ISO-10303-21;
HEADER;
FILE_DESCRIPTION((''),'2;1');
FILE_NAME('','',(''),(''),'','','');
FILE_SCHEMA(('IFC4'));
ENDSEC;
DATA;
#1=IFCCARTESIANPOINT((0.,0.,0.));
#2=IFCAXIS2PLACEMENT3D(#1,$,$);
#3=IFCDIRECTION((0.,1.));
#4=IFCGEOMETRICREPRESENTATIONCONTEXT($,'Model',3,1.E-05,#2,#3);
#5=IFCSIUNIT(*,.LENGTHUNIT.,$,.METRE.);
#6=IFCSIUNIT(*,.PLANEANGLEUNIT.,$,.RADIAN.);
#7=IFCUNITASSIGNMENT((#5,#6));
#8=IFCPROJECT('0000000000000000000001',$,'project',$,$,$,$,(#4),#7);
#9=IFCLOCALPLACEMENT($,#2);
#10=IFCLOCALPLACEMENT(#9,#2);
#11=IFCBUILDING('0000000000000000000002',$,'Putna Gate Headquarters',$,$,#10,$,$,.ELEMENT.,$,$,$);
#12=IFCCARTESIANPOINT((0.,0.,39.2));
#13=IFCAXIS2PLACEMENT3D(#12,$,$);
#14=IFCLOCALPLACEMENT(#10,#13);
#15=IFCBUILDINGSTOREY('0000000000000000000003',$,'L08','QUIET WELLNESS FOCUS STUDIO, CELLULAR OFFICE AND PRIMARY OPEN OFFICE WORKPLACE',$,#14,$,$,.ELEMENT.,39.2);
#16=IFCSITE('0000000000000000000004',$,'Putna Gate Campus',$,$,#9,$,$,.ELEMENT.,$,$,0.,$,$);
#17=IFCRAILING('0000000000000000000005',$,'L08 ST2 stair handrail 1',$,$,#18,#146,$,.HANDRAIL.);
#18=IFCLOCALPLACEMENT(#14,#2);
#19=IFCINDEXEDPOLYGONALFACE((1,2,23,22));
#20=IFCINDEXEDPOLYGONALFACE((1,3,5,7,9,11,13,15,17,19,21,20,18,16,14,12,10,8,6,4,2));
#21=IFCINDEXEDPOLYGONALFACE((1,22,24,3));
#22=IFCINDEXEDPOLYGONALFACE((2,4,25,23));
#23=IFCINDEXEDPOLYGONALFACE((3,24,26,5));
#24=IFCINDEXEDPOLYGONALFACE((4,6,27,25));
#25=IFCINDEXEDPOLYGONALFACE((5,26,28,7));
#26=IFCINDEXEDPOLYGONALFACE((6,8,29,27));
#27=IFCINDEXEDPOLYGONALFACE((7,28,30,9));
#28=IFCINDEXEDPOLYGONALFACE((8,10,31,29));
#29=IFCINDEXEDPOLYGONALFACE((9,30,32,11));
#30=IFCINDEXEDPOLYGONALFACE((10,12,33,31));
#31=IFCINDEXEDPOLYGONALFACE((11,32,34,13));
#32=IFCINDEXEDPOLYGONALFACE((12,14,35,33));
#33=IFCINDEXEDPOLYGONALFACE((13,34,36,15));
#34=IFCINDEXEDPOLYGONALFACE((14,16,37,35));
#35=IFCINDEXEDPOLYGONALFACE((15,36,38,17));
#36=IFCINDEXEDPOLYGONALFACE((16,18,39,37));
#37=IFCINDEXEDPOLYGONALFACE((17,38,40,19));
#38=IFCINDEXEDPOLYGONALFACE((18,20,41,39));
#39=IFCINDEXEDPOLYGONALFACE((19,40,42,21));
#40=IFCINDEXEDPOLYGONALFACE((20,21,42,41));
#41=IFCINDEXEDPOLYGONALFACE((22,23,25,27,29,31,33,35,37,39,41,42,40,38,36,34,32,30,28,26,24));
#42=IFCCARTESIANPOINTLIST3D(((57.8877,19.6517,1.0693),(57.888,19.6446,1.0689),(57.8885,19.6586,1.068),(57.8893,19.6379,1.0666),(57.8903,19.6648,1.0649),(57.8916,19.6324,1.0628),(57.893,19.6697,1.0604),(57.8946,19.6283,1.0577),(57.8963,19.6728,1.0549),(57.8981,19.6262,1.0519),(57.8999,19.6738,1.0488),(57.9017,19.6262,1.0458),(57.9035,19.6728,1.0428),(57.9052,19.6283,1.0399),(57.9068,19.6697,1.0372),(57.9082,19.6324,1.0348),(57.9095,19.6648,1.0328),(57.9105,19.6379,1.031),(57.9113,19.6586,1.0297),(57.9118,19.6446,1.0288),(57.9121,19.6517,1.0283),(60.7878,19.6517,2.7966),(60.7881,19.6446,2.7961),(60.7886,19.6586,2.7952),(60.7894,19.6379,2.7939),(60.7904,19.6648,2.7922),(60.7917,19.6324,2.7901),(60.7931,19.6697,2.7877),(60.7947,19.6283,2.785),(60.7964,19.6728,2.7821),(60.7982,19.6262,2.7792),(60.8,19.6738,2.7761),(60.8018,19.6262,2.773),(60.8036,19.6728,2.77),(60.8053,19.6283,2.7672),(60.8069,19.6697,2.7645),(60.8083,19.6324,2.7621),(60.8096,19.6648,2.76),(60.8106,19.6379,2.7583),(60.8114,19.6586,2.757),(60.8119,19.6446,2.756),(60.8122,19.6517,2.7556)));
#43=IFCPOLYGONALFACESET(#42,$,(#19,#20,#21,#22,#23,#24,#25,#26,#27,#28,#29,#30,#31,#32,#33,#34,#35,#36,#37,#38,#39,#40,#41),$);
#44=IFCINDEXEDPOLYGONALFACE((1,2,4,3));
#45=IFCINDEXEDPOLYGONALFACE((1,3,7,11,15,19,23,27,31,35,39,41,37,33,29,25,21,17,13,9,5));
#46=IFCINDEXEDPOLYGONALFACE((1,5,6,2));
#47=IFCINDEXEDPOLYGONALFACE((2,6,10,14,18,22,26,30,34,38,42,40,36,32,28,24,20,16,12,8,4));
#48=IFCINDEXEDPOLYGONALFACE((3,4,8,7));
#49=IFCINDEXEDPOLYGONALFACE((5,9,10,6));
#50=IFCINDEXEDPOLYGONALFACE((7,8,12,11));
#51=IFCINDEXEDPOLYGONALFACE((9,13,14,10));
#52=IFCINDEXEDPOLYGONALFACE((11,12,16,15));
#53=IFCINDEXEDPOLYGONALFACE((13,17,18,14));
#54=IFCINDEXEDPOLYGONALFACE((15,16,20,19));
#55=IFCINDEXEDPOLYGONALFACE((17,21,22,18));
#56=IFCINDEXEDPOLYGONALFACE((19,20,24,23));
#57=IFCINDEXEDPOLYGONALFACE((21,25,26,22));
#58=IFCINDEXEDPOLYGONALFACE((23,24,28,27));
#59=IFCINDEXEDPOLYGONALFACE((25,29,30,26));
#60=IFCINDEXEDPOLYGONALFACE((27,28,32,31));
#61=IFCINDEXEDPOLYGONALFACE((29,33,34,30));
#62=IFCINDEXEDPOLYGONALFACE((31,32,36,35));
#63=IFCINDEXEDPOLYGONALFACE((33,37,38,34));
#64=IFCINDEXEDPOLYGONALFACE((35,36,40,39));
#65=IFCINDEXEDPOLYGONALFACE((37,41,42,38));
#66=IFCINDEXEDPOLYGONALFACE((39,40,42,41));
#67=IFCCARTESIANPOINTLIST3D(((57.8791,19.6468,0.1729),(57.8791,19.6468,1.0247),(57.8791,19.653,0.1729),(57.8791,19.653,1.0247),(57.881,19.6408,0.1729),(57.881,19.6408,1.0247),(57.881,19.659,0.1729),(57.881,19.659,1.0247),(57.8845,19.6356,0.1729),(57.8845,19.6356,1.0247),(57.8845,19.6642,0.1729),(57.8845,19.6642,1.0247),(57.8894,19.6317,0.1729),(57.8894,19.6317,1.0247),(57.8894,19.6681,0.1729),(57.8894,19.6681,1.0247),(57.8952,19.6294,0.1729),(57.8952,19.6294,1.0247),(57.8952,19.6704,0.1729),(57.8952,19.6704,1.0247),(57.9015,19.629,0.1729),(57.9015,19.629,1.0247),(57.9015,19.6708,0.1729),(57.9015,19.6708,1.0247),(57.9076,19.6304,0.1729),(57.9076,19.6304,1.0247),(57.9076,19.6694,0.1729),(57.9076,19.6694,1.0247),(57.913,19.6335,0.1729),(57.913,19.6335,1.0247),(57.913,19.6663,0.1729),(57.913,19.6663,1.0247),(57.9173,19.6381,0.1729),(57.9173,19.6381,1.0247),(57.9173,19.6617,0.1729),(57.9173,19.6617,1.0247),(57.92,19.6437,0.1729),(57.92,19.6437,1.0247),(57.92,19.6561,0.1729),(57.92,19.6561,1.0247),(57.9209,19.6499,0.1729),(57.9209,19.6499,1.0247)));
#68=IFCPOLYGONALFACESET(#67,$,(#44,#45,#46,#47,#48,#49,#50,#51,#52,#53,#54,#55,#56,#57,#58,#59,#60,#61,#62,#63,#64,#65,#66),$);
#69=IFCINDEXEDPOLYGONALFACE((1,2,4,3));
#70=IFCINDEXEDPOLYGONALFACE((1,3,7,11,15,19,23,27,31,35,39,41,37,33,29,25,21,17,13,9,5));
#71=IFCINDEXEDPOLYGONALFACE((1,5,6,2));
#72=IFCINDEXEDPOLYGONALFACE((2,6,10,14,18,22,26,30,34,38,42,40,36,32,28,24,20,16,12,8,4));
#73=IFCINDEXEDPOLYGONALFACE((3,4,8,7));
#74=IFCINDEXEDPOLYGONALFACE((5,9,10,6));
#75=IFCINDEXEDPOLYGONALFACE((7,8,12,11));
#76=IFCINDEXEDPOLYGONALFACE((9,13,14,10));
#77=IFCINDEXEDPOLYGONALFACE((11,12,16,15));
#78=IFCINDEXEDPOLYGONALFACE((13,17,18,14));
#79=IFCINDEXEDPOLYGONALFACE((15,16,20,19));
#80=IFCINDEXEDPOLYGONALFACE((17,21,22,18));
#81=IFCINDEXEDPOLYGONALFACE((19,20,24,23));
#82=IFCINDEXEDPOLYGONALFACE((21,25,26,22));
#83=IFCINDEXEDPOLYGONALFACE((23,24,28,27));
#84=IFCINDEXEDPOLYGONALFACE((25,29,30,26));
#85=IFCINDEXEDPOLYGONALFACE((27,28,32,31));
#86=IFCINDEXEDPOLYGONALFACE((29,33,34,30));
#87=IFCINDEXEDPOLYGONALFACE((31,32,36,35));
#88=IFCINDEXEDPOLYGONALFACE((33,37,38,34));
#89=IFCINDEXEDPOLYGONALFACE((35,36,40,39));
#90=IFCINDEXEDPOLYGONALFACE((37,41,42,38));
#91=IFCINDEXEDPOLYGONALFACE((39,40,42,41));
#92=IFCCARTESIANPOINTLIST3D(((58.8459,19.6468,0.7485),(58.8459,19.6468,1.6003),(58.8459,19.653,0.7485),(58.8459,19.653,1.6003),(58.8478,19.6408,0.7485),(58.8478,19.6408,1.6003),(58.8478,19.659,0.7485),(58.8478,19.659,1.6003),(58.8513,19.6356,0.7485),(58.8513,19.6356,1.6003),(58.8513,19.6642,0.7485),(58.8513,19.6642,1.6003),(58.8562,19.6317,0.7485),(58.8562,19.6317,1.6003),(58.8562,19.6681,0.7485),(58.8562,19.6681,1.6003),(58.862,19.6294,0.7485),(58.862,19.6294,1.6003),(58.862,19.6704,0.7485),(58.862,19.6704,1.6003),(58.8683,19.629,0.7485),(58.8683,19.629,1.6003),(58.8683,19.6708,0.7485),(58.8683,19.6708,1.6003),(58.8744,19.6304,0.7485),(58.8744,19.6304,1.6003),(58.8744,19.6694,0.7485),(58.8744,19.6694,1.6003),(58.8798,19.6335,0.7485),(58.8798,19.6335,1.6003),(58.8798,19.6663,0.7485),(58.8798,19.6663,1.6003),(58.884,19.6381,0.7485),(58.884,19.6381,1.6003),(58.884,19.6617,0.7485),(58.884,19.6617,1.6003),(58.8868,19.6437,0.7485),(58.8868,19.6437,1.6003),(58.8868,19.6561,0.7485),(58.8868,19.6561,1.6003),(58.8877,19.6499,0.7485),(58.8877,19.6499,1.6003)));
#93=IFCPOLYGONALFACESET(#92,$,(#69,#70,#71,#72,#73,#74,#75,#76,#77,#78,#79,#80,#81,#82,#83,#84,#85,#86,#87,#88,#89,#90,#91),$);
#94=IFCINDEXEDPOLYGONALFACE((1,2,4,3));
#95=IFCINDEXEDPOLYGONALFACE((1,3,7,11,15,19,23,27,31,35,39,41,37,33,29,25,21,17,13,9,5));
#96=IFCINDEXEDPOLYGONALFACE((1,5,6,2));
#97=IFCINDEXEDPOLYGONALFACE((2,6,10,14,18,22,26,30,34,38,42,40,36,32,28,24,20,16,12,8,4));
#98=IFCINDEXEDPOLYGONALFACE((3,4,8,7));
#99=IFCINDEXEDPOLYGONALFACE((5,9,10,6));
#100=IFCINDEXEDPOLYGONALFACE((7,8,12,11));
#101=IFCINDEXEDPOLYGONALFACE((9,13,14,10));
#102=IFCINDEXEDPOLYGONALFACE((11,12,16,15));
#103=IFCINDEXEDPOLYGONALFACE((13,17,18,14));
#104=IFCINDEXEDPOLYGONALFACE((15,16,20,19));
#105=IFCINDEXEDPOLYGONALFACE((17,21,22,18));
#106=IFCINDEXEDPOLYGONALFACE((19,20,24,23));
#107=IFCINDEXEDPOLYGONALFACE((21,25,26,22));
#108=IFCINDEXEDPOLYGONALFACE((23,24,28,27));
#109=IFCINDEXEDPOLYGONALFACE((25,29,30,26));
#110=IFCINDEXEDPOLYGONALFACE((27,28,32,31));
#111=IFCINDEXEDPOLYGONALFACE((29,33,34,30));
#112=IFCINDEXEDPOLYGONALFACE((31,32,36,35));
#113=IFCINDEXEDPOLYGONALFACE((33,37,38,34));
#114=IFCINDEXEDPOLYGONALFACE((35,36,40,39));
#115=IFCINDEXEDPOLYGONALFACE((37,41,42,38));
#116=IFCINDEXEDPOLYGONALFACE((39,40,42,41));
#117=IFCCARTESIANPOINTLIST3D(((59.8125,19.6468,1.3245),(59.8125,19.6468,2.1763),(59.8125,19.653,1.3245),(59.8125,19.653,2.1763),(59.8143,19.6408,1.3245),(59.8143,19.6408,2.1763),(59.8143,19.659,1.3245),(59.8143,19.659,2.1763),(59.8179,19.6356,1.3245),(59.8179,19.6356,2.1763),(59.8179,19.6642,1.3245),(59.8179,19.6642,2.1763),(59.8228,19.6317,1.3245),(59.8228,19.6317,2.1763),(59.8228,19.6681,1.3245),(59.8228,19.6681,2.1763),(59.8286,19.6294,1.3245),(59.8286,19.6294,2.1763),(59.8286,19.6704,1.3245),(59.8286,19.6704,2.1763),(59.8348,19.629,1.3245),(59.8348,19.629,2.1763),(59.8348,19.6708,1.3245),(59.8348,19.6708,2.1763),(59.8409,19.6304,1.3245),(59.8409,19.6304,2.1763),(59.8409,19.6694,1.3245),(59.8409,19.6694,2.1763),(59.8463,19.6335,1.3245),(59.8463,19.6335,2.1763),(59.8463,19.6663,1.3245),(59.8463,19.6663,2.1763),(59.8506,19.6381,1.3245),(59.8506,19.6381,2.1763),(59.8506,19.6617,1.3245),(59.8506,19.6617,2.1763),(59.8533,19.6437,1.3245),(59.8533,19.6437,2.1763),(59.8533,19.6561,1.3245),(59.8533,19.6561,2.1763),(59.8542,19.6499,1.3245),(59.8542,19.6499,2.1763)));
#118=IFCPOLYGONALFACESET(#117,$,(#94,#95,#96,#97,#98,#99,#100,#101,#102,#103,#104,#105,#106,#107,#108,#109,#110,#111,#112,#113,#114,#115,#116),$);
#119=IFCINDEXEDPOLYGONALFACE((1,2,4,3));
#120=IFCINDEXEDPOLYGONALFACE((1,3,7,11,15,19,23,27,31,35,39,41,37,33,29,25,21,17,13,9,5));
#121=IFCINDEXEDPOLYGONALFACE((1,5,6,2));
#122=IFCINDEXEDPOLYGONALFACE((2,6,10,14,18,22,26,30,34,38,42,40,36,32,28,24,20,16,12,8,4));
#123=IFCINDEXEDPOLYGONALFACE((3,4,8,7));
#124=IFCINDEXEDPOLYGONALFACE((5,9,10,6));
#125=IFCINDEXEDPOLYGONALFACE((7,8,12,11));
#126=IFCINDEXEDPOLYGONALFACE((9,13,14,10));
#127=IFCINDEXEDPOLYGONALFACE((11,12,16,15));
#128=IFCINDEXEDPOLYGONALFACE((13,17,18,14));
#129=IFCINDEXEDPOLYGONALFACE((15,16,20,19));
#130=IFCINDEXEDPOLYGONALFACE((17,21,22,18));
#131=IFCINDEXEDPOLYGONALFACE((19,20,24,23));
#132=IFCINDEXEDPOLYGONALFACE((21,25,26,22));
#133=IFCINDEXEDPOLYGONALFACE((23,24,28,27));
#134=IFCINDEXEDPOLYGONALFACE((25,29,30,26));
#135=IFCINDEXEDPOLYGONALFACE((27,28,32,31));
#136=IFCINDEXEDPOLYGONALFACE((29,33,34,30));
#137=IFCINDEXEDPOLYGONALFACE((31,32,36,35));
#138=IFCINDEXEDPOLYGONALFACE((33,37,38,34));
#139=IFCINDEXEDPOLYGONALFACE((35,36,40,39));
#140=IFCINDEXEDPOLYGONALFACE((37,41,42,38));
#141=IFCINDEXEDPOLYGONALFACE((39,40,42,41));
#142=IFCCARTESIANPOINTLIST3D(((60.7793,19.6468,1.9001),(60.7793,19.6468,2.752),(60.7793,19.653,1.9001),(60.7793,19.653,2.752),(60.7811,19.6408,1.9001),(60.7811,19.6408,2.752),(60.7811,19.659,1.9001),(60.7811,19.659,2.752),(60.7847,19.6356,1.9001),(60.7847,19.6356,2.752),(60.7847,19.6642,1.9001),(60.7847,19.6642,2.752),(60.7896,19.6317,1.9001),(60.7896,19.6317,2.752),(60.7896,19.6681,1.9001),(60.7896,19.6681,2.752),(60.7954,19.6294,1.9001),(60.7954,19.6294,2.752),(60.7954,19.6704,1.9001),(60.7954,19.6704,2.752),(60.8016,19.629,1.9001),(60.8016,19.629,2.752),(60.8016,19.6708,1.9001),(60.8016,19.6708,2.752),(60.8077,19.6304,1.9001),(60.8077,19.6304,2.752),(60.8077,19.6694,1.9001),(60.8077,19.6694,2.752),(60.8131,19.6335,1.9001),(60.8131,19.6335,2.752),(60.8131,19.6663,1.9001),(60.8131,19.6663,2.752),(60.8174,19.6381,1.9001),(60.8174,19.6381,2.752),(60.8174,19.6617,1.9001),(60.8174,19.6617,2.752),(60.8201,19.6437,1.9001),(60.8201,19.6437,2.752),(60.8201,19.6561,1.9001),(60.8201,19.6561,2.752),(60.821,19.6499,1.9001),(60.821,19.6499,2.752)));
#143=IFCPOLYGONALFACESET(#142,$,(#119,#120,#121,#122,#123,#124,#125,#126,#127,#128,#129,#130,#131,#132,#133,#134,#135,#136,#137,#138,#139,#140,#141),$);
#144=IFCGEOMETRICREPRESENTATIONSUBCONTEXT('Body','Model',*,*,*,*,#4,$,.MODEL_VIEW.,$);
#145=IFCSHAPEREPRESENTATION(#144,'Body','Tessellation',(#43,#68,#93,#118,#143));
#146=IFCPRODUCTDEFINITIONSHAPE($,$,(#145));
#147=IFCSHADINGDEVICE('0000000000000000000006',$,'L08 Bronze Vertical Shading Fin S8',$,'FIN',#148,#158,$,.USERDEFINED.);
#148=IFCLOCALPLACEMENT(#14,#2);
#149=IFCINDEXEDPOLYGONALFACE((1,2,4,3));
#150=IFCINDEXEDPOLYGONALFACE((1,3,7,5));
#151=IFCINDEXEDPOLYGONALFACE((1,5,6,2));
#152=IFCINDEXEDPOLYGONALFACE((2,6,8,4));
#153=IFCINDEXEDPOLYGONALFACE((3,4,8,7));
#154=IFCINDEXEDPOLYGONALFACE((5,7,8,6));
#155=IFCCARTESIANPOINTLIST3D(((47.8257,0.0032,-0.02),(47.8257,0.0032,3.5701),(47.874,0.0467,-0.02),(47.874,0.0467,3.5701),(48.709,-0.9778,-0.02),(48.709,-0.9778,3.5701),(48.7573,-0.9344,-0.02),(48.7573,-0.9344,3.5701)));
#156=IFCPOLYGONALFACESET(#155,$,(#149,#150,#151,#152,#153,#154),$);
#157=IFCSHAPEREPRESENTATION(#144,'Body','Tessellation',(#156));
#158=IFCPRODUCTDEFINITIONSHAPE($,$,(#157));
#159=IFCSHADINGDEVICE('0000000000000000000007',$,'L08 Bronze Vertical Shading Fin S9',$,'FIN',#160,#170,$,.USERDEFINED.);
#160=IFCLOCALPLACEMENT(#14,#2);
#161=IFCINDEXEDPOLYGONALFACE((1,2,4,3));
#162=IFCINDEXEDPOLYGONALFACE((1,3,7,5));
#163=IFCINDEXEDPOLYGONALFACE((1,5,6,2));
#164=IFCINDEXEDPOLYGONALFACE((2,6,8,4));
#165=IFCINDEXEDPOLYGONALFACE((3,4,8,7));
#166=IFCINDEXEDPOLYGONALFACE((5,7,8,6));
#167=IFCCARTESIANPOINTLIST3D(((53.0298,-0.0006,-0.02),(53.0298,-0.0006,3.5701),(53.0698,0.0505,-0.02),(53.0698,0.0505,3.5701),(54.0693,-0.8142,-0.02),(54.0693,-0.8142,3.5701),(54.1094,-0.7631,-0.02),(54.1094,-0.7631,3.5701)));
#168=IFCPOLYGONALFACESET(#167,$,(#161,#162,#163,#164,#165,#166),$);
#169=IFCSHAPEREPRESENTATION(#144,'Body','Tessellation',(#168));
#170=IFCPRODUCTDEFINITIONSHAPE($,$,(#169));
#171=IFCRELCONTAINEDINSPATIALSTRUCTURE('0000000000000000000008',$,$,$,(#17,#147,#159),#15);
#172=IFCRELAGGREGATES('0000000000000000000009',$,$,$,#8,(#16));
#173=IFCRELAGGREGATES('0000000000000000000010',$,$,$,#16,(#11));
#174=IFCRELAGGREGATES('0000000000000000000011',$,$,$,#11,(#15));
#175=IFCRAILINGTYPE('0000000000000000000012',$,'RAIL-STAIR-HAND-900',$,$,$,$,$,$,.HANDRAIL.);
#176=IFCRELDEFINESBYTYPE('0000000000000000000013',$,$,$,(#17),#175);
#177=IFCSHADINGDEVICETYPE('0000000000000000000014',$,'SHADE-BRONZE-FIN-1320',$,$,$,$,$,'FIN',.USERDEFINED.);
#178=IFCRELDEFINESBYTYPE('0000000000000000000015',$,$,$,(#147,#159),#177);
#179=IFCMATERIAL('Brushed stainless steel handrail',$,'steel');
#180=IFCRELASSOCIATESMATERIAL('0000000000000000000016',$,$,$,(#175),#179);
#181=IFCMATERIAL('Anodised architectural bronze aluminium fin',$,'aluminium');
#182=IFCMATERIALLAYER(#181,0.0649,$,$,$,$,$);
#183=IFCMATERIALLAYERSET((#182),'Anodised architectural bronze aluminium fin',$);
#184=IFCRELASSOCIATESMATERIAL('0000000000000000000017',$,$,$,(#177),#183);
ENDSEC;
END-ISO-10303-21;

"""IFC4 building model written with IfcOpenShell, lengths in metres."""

from ifc_helpers import new_model, si_unit, direction, frame, origin, origin_2d, place, context, subcontext, project, spatial, rectangle, circle, extrude, material, layer, layer_set, type_object, element, save


model = new_model("IFC4")

# Units and contexts
model_context = context("Model", 3, precision=1e-05, world=origin(), true_north=direction((0.0, 1.0)))
body_context = subcontext(model_context, "Body", "Model", "MODEL_VIEW")
ifc_project = project(units=[si_unit("LENGTHUNIT", "METRE"), si_unit("PLANEANGLEUNIT", "RADIAN")], contexts=[model_context])

# Site, building, storey
site_placement = place(None, origin())
site = spatial("IfcSite", under=ifc_project, at=site_placement, Name="Putna Gate Campus", CompositionType="ELEMENT", RefElevation=0.0)
building_placement = place(site_placement, origin())
building = spatial("IfcBuilding", under=site, at=building_placement, Name="Putna Gate Headquarters", CompositionType="ELEMENT")
storey_placement = place(building_placement, frame((0.0, 0.0, 39.2)))
storey = spatial("IfcBuildingStorey", under=building, at=storey_placement, Name="L08", Description="QUIET WELLNESS FOCUS STUDIO, CELLULAR OFFICE AND PRIMARY OPEN OFFICE WORKPLACE", CompositionType="ELEMENT", Elevation=39.2)

# Railing
ifc_material_1 = material(Name="Brushed stainless steel handrail", Category="steel")
railing_type_1 = type_object("IfcRailingType", Name="RAIL-STAIR-HAND-900", PredefinedType="HANDRAIL", material=ifc_material_1)
railing_1_placement = place(storey_placement, frame((57.8999, 19.6499, 0.1729)))
element("IfcRailing", 1, at=railing_1_placement, inside=storey, type_object=railing_type_1, Name="L08 ST2 stair handrail 1", PredefinedType="HANDRAIL", context=body_context, shape_type="SweptSolid", body=[
    extrude(circle(Radius=0.0239, at=origin_2d()), frame((0.0, 0.0, 0.876), z_axis=(0.85916, 0.0, 0.511706), x_axis=(0.0, 1.0, 0.0)), (0.0, 0.0, 1.0), 3.3755),
    extrude(circle(Radius=0.021, at=origin_2d()), origin(), (0.0, 0.0, 1.0), 0.8518),
    extrude(circle(Radius=0.021, at=origin_2d()), frame((0.9668, 0.0, 0.5757)), (0.0, 0.0, 1.0), 0.8518),
    extrude(circle(Radius=0.021, at=origin_2d()), frame((1.9333, 0.0, 1.1516)), (0.0, 0.0, 1.0), 0.8518),
    extrude(circle(Radius=0.021, at=origin_2d()), frame((2.9001, 0.0, 1.7273)), (0.0, 0.0, 1.0), 0.8518),
])

# Shading devices
ifc_material_2 = material(Name="Anodised architectural bronze aluminium fin", Category="aluminium")
ifc_layer_1 = layer(ifc_material_2, 0.0649)
ifc_layer_set_1 = layer_set([ifc_layer_1], Name="Anodised architectural bronze aluminium fin")
shading_device_type = type_object("IfcShadingDeviceType", Name="SHADE-BRONZE-FIN-1320", ElementType="FIN", PredefinedType="USERDEFINED", material=ifc_layer_set_1)
for number, where, z_axis, x_axis, name in (
    (2, (48.2915, -0.4656, -0.02), (0.0, 0.0, 1.0), (0.669131, -0.743145, 0.0), "L08 Bronze Vertical Shading Fin S8"),
    (3, (53.5696, -0.3818, -0.02), (0.0, 0.0, 1.0), (0.787473, -0.616349, 0.0), "L08 Bronze Vertical Shading Fin S9"),
):
    element("IfcShadingDevice", number, at=place(storey_placement, frame(where, z_axis=z_axis, x_axis=x_axis)), inside=storey, type_object=shading_device_type, Name=name, ObjectType="FIN", PredefinedType="USERDEFINED", context=body_context, shape_type="SweptSolid", body=[
        extrude(rectangle(XDim=1.3201, YDim=0.0649, at=origin_2d()), origin(), (0.0, 0.0, 1.0), 3.5901),
    ])

save(model, "model.ifc")
